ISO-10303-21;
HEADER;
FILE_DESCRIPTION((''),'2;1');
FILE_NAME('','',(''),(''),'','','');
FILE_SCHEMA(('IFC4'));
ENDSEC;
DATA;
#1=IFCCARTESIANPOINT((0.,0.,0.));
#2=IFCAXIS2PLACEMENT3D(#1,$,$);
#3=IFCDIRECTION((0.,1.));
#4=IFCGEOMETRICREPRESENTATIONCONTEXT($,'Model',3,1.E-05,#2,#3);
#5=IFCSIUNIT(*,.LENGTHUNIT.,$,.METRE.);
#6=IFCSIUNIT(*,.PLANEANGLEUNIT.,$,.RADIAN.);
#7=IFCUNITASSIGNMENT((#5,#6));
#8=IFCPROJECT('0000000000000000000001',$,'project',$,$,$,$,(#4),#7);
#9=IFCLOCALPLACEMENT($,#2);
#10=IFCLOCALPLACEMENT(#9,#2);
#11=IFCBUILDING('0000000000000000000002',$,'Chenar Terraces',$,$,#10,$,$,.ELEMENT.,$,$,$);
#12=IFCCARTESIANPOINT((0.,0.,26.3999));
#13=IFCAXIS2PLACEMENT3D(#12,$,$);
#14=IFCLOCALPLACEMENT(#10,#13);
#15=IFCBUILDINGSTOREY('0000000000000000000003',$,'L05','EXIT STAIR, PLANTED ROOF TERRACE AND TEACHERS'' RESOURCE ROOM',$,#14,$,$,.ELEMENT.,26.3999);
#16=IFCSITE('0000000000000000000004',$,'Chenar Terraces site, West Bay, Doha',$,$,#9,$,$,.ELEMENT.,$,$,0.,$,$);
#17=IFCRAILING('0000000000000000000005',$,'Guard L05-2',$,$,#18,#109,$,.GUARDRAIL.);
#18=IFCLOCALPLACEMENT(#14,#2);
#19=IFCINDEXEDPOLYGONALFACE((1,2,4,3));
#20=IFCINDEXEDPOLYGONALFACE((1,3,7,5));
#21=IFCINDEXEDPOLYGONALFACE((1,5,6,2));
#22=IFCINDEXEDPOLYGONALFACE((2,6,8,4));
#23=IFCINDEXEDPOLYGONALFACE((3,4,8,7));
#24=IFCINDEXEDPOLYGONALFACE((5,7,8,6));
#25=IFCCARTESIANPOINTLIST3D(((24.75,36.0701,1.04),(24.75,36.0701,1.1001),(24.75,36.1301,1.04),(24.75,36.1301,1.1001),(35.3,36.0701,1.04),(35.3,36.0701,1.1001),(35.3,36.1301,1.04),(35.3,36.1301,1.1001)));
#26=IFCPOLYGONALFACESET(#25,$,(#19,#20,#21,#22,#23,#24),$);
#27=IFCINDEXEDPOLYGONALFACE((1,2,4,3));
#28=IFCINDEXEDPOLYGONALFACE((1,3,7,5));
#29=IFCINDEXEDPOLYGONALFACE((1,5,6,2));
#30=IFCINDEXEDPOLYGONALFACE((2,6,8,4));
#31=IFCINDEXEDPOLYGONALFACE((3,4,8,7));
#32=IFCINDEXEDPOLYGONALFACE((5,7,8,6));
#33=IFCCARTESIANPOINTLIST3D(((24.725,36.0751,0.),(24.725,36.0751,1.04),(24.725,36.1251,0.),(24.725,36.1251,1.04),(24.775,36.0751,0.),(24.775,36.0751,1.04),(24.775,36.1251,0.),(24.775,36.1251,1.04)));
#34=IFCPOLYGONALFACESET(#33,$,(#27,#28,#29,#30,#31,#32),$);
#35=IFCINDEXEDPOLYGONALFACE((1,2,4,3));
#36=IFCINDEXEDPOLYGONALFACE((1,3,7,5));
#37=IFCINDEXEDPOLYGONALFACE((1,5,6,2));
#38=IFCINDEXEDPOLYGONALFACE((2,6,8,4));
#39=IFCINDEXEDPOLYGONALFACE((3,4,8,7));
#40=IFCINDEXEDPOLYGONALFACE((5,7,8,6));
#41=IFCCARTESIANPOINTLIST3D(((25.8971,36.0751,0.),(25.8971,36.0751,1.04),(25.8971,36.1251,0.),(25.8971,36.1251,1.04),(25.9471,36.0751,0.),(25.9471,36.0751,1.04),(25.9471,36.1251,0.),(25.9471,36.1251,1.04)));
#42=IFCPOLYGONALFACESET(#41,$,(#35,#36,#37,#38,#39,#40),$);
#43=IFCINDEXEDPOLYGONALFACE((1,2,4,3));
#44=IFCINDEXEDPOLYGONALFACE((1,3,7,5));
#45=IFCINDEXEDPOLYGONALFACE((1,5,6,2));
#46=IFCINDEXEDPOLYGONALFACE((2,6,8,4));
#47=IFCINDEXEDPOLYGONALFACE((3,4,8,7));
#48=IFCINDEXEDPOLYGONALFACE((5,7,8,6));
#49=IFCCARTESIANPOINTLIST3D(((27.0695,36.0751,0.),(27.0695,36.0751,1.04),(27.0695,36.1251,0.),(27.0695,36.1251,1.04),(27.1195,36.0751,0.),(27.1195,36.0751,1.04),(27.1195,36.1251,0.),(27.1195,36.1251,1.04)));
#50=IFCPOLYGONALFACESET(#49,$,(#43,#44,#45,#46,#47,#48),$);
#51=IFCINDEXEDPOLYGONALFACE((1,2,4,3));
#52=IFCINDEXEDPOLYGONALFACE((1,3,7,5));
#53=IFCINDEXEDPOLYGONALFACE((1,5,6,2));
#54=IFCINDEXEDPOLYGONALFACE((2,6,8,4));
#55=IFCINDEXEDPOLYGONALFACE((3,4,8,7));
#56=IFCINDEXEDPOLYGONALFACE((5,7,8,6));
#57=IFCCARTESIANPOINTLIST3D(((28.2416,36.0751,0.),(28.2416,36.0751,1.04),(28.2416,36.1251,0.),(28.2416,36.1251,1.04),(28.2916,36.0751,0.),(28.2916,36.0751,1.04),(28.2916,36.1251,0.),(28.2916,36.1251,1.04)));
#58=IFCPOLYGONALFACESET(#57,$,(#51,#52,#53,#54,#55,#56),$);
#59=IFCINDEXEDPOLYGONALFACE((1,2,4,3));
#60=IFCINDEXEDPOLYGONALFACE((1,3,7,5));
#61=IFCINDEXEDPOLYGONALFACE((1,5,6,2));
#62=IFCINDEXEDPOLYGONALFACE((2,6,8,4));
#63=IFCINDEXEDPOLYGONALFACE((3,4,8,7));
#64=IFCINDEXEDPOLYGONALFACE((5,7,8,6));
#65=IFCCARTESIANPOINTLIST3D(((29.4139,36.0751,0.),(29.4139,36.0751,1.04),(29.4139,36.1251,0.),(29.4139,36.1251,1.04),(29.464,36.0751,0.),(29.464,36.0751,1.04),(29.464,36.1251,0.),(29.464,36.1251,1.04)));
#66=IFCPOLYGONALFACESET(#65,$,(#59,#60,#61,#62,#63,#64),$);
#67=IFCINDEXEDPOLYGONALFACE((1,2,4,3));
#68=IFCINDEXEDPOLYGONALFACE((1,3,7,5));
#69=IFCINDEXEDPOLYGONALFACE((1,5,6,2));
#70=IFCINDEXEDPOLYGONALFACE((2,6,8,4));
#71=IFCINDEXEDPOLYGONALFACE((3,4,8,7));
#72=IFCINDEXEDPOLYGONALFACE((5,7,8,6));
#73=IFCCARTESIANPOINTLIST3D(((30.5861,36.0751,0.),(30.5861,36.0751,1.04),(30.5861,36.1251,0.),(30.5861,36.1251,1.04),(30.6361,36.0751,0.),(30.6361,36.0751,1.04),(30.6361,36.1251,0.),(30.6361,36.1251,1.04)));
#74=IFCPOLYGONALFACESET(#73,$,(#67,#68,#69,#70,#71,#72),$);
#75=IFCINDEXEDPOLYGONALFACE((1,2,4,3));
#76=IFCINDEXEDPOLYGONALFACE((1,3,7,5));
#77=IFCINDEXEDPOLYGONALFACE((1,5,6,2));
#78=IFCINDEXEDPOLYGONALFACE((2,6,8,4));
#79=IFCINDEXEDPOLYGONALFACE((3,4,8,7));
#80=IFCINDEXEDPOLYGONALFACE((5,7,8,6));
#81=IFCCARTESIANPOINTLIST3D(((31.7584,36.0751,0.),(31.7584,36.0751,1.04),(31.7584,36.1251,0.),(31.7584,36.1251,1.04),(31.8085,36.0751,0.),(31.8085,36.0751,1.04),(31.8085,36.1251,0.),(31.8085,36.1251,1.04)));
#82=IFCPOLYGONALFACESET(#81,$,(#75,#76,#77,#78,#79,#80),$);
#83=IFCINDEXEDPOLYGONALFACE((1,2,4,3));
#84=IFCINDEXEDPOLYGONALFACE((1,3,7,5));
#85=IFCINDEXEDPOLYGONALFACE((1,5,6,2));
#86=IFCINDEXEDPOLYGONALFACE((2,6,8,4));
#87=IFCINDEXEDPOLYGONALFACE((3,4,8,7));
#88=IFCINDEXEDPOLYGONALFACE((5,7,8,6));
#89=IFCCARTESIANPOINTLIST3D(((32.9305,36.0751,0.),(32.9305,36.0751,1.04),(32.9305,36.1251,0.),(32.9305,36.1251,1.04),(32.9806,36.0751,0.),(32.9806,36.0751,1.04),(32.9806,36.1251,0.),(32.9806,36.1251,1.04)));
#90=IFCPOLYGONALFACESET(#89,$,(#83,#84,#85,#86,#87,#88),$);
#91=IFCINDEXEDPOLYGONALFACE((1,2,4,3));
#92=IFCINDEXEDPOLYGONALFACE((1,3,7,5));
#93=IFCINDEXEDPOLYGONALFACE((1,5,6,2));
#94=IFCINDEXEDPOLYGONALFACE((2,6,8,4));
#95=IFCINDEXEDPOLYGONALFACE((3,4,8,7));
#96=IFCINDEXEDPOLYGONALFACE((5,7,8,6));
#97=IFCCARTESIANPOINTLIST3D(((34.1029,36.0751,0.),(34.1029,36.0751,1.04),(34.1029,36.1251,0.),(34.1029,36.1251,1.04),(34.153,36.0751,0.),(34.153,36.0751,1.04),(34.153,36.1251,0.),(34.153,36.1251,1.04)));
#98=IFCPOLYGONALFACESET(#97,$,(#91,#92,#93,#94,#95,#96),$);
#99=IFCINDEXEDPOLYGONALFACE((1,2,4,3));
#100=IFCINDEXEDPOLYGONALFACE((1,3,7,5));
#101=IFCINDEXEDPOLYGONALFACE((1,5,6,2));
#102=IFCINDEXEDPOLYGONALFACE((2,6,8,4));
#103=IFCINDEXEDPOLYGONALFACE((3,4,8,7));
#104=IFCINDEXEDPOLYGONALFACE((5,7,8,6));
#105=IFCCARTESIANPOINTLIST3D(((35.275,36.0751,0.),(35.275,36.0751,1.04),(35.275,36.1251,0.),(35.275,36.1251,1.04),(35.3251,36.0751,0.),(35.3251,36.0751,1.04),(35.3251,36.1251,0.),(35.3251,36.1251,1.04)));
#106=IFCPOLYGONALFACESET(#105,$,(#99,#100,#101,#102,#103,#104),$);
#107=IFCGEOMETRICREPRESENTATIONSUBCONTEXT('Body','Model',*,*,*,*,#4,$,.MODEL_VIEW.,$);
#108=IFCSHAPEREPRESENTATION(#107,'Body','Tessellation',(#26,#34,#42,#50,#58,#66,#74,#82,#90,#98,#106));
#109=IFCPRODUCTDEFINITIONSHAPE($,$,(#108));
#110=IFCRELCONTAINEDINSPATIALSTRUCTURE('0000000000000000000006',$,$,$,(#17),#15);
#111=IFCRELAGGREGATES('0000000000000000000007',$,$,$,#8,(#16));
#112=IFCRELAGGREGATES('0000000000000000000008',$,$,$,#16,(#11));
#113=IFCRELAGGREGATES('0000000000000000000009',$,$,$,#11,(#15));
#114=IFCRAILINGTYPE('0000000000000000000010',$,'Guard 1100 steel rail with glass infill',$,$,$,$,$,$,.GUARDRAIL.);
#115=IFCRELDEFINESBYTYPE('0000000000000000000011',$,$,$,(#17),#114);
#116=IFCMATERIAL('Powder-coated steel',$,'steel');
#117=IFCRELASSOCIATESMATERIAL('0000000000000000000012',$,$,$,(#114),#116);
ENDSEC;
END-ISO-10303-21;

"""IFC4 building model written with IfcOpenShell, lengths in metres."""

from ifc_helpers import new_model, si_unit, direction, frame, origin, origin_2d, place, context, subcontext, project, spatial, rectangle, extrude, material, type_object, element, save


model = new_model("IFC4")

# Units and contexts
model_context = context("Model", 3, precision=1e-05, world=origin(), true_north=direction((0.0, 1.0)))
body_context = subcontext(model_context, "Body", "Model", "MODEL_VIEW")
ifc_project = project(units=[si_unit("LENGTHUNIT", "METRE"), si_unit("PLANEANGLEUNIT", "RADIAN")], contexts=[model_context])

# Site, building, storey
site_placement = place(None, origin())
site = spatial("IfcSite", under=ifc_project, at=site_placement, Name="Chenar Terraces site, West Bay, Doha", CompositionType="ELEMENT", RefElevation=0.0)
building_placement = place(site_placement, origin())
building = spatial("IfcBuilding", under=site, at=building_placement, Name="Chenar Terraces", CompositionType="ELEMENT")
storey_placement = place(building_placement, frame((0.0, 0.0, 26.3999)))
storey = spatial("IfcBuildingStorey", under=building, at=storey_placement, Name="L05", Description="EXIT STAIR, PLANTED ROOF TERRACE AND TEACHERS' RESOURCE ROOM", CompositionType="ELEMENT", Elevation=26.3999)

# Railing
ifc_material_1 = material(Name="Powder-coated steel", Category="steel")
railing_type = type_object("IfcRailingType", Name="Guard 1100 steel rail with glass infill", PredefinedType="GUARDRAIL", material=ifc_material_1)
railing_placement = place(storey_placement, frame((24.75, 36.1001, 0.0)))
element("IfcRailing", 1, at=railing_placement, inside=storey, type_object=railing_type, Name="Guard L05-2", PredefinedType="GUARDRAIL", context=body_context, shape_type="SweptSolid", body=[
    extrude(rectangle(XDim=0.0601, YDim=0.0601, at=origin_2d()), frame((0.0, 0.0, 1.0701), z_axis=(1.0, 0.0, 0.0), x_axis=(0.0, 1.0, 0.0)), (0.0, 0.0, 1.0), 10.55),
    extrude(rectangle(XDim=0.05, YDim=0.05, at=origin_2d()), origin(), (0.0, 0.0, 1.0), 1.04),
    extrude(rectangle(XDim=0.05, YDim=0.05, at=origin_2d()), frame((1.1721, 0.0, 0.0)), (0.0, 0.0, 1.0), 1.04),
    extrude(rectangle(XDim=0.05, YDim=0.05, at=origin_2d()), frame((2.3445, 0.0, 0.0)), (0.0, 0.0, 1.0), 1.04),
    extrude(rectangle(XDim=0.05, YDim=0.05, at=origin_2d()), frame((3.5166, 0.0, 0.0)), (0.0, 0.0, 1.0), 1.04),
    extrude(rectangle(XDim=0.05, YDim=0.05, at=origin_2d()), frame((4.689, 0.0, 0.0)), (0.0, 0.0, 1.0), 1.04),
    extrude(rectangle(XDim=0.05, YDim=0.05, at=origin_2d()), frame((5.8611, 0.0, 0.0)), (0.0, 0.0, 1.0), 1.04),
    extrude(rectangle(XDim=0.05, YDim=0.05, at=origin_2d()), frame((7.0334, 0.0, 0.0)), (0.0, 0.0, 1.0), 1.04),
    extrude(rectangle(XDim=0.05, YDim=0.05, at=origin_2d()), frame((8.2056, 0.0, 0.0)), (0.0, 0.0, 1.0), 1.04),
    extrude(rectangle(XDim=0.05, YDim=0.05, at=origin_2d()), frame((9.3779, 0.0, 0.0)), (0.0, 0.0, 1.0), 1.04),
    extrude(rectangle(XDim=0.05, YDim=0.05, at=origin_2d()), frame((10.55, 0.0, 0.0)), (0.0, 0.0, 1.0), 1.04),
])

save(model, "model.ifc")
